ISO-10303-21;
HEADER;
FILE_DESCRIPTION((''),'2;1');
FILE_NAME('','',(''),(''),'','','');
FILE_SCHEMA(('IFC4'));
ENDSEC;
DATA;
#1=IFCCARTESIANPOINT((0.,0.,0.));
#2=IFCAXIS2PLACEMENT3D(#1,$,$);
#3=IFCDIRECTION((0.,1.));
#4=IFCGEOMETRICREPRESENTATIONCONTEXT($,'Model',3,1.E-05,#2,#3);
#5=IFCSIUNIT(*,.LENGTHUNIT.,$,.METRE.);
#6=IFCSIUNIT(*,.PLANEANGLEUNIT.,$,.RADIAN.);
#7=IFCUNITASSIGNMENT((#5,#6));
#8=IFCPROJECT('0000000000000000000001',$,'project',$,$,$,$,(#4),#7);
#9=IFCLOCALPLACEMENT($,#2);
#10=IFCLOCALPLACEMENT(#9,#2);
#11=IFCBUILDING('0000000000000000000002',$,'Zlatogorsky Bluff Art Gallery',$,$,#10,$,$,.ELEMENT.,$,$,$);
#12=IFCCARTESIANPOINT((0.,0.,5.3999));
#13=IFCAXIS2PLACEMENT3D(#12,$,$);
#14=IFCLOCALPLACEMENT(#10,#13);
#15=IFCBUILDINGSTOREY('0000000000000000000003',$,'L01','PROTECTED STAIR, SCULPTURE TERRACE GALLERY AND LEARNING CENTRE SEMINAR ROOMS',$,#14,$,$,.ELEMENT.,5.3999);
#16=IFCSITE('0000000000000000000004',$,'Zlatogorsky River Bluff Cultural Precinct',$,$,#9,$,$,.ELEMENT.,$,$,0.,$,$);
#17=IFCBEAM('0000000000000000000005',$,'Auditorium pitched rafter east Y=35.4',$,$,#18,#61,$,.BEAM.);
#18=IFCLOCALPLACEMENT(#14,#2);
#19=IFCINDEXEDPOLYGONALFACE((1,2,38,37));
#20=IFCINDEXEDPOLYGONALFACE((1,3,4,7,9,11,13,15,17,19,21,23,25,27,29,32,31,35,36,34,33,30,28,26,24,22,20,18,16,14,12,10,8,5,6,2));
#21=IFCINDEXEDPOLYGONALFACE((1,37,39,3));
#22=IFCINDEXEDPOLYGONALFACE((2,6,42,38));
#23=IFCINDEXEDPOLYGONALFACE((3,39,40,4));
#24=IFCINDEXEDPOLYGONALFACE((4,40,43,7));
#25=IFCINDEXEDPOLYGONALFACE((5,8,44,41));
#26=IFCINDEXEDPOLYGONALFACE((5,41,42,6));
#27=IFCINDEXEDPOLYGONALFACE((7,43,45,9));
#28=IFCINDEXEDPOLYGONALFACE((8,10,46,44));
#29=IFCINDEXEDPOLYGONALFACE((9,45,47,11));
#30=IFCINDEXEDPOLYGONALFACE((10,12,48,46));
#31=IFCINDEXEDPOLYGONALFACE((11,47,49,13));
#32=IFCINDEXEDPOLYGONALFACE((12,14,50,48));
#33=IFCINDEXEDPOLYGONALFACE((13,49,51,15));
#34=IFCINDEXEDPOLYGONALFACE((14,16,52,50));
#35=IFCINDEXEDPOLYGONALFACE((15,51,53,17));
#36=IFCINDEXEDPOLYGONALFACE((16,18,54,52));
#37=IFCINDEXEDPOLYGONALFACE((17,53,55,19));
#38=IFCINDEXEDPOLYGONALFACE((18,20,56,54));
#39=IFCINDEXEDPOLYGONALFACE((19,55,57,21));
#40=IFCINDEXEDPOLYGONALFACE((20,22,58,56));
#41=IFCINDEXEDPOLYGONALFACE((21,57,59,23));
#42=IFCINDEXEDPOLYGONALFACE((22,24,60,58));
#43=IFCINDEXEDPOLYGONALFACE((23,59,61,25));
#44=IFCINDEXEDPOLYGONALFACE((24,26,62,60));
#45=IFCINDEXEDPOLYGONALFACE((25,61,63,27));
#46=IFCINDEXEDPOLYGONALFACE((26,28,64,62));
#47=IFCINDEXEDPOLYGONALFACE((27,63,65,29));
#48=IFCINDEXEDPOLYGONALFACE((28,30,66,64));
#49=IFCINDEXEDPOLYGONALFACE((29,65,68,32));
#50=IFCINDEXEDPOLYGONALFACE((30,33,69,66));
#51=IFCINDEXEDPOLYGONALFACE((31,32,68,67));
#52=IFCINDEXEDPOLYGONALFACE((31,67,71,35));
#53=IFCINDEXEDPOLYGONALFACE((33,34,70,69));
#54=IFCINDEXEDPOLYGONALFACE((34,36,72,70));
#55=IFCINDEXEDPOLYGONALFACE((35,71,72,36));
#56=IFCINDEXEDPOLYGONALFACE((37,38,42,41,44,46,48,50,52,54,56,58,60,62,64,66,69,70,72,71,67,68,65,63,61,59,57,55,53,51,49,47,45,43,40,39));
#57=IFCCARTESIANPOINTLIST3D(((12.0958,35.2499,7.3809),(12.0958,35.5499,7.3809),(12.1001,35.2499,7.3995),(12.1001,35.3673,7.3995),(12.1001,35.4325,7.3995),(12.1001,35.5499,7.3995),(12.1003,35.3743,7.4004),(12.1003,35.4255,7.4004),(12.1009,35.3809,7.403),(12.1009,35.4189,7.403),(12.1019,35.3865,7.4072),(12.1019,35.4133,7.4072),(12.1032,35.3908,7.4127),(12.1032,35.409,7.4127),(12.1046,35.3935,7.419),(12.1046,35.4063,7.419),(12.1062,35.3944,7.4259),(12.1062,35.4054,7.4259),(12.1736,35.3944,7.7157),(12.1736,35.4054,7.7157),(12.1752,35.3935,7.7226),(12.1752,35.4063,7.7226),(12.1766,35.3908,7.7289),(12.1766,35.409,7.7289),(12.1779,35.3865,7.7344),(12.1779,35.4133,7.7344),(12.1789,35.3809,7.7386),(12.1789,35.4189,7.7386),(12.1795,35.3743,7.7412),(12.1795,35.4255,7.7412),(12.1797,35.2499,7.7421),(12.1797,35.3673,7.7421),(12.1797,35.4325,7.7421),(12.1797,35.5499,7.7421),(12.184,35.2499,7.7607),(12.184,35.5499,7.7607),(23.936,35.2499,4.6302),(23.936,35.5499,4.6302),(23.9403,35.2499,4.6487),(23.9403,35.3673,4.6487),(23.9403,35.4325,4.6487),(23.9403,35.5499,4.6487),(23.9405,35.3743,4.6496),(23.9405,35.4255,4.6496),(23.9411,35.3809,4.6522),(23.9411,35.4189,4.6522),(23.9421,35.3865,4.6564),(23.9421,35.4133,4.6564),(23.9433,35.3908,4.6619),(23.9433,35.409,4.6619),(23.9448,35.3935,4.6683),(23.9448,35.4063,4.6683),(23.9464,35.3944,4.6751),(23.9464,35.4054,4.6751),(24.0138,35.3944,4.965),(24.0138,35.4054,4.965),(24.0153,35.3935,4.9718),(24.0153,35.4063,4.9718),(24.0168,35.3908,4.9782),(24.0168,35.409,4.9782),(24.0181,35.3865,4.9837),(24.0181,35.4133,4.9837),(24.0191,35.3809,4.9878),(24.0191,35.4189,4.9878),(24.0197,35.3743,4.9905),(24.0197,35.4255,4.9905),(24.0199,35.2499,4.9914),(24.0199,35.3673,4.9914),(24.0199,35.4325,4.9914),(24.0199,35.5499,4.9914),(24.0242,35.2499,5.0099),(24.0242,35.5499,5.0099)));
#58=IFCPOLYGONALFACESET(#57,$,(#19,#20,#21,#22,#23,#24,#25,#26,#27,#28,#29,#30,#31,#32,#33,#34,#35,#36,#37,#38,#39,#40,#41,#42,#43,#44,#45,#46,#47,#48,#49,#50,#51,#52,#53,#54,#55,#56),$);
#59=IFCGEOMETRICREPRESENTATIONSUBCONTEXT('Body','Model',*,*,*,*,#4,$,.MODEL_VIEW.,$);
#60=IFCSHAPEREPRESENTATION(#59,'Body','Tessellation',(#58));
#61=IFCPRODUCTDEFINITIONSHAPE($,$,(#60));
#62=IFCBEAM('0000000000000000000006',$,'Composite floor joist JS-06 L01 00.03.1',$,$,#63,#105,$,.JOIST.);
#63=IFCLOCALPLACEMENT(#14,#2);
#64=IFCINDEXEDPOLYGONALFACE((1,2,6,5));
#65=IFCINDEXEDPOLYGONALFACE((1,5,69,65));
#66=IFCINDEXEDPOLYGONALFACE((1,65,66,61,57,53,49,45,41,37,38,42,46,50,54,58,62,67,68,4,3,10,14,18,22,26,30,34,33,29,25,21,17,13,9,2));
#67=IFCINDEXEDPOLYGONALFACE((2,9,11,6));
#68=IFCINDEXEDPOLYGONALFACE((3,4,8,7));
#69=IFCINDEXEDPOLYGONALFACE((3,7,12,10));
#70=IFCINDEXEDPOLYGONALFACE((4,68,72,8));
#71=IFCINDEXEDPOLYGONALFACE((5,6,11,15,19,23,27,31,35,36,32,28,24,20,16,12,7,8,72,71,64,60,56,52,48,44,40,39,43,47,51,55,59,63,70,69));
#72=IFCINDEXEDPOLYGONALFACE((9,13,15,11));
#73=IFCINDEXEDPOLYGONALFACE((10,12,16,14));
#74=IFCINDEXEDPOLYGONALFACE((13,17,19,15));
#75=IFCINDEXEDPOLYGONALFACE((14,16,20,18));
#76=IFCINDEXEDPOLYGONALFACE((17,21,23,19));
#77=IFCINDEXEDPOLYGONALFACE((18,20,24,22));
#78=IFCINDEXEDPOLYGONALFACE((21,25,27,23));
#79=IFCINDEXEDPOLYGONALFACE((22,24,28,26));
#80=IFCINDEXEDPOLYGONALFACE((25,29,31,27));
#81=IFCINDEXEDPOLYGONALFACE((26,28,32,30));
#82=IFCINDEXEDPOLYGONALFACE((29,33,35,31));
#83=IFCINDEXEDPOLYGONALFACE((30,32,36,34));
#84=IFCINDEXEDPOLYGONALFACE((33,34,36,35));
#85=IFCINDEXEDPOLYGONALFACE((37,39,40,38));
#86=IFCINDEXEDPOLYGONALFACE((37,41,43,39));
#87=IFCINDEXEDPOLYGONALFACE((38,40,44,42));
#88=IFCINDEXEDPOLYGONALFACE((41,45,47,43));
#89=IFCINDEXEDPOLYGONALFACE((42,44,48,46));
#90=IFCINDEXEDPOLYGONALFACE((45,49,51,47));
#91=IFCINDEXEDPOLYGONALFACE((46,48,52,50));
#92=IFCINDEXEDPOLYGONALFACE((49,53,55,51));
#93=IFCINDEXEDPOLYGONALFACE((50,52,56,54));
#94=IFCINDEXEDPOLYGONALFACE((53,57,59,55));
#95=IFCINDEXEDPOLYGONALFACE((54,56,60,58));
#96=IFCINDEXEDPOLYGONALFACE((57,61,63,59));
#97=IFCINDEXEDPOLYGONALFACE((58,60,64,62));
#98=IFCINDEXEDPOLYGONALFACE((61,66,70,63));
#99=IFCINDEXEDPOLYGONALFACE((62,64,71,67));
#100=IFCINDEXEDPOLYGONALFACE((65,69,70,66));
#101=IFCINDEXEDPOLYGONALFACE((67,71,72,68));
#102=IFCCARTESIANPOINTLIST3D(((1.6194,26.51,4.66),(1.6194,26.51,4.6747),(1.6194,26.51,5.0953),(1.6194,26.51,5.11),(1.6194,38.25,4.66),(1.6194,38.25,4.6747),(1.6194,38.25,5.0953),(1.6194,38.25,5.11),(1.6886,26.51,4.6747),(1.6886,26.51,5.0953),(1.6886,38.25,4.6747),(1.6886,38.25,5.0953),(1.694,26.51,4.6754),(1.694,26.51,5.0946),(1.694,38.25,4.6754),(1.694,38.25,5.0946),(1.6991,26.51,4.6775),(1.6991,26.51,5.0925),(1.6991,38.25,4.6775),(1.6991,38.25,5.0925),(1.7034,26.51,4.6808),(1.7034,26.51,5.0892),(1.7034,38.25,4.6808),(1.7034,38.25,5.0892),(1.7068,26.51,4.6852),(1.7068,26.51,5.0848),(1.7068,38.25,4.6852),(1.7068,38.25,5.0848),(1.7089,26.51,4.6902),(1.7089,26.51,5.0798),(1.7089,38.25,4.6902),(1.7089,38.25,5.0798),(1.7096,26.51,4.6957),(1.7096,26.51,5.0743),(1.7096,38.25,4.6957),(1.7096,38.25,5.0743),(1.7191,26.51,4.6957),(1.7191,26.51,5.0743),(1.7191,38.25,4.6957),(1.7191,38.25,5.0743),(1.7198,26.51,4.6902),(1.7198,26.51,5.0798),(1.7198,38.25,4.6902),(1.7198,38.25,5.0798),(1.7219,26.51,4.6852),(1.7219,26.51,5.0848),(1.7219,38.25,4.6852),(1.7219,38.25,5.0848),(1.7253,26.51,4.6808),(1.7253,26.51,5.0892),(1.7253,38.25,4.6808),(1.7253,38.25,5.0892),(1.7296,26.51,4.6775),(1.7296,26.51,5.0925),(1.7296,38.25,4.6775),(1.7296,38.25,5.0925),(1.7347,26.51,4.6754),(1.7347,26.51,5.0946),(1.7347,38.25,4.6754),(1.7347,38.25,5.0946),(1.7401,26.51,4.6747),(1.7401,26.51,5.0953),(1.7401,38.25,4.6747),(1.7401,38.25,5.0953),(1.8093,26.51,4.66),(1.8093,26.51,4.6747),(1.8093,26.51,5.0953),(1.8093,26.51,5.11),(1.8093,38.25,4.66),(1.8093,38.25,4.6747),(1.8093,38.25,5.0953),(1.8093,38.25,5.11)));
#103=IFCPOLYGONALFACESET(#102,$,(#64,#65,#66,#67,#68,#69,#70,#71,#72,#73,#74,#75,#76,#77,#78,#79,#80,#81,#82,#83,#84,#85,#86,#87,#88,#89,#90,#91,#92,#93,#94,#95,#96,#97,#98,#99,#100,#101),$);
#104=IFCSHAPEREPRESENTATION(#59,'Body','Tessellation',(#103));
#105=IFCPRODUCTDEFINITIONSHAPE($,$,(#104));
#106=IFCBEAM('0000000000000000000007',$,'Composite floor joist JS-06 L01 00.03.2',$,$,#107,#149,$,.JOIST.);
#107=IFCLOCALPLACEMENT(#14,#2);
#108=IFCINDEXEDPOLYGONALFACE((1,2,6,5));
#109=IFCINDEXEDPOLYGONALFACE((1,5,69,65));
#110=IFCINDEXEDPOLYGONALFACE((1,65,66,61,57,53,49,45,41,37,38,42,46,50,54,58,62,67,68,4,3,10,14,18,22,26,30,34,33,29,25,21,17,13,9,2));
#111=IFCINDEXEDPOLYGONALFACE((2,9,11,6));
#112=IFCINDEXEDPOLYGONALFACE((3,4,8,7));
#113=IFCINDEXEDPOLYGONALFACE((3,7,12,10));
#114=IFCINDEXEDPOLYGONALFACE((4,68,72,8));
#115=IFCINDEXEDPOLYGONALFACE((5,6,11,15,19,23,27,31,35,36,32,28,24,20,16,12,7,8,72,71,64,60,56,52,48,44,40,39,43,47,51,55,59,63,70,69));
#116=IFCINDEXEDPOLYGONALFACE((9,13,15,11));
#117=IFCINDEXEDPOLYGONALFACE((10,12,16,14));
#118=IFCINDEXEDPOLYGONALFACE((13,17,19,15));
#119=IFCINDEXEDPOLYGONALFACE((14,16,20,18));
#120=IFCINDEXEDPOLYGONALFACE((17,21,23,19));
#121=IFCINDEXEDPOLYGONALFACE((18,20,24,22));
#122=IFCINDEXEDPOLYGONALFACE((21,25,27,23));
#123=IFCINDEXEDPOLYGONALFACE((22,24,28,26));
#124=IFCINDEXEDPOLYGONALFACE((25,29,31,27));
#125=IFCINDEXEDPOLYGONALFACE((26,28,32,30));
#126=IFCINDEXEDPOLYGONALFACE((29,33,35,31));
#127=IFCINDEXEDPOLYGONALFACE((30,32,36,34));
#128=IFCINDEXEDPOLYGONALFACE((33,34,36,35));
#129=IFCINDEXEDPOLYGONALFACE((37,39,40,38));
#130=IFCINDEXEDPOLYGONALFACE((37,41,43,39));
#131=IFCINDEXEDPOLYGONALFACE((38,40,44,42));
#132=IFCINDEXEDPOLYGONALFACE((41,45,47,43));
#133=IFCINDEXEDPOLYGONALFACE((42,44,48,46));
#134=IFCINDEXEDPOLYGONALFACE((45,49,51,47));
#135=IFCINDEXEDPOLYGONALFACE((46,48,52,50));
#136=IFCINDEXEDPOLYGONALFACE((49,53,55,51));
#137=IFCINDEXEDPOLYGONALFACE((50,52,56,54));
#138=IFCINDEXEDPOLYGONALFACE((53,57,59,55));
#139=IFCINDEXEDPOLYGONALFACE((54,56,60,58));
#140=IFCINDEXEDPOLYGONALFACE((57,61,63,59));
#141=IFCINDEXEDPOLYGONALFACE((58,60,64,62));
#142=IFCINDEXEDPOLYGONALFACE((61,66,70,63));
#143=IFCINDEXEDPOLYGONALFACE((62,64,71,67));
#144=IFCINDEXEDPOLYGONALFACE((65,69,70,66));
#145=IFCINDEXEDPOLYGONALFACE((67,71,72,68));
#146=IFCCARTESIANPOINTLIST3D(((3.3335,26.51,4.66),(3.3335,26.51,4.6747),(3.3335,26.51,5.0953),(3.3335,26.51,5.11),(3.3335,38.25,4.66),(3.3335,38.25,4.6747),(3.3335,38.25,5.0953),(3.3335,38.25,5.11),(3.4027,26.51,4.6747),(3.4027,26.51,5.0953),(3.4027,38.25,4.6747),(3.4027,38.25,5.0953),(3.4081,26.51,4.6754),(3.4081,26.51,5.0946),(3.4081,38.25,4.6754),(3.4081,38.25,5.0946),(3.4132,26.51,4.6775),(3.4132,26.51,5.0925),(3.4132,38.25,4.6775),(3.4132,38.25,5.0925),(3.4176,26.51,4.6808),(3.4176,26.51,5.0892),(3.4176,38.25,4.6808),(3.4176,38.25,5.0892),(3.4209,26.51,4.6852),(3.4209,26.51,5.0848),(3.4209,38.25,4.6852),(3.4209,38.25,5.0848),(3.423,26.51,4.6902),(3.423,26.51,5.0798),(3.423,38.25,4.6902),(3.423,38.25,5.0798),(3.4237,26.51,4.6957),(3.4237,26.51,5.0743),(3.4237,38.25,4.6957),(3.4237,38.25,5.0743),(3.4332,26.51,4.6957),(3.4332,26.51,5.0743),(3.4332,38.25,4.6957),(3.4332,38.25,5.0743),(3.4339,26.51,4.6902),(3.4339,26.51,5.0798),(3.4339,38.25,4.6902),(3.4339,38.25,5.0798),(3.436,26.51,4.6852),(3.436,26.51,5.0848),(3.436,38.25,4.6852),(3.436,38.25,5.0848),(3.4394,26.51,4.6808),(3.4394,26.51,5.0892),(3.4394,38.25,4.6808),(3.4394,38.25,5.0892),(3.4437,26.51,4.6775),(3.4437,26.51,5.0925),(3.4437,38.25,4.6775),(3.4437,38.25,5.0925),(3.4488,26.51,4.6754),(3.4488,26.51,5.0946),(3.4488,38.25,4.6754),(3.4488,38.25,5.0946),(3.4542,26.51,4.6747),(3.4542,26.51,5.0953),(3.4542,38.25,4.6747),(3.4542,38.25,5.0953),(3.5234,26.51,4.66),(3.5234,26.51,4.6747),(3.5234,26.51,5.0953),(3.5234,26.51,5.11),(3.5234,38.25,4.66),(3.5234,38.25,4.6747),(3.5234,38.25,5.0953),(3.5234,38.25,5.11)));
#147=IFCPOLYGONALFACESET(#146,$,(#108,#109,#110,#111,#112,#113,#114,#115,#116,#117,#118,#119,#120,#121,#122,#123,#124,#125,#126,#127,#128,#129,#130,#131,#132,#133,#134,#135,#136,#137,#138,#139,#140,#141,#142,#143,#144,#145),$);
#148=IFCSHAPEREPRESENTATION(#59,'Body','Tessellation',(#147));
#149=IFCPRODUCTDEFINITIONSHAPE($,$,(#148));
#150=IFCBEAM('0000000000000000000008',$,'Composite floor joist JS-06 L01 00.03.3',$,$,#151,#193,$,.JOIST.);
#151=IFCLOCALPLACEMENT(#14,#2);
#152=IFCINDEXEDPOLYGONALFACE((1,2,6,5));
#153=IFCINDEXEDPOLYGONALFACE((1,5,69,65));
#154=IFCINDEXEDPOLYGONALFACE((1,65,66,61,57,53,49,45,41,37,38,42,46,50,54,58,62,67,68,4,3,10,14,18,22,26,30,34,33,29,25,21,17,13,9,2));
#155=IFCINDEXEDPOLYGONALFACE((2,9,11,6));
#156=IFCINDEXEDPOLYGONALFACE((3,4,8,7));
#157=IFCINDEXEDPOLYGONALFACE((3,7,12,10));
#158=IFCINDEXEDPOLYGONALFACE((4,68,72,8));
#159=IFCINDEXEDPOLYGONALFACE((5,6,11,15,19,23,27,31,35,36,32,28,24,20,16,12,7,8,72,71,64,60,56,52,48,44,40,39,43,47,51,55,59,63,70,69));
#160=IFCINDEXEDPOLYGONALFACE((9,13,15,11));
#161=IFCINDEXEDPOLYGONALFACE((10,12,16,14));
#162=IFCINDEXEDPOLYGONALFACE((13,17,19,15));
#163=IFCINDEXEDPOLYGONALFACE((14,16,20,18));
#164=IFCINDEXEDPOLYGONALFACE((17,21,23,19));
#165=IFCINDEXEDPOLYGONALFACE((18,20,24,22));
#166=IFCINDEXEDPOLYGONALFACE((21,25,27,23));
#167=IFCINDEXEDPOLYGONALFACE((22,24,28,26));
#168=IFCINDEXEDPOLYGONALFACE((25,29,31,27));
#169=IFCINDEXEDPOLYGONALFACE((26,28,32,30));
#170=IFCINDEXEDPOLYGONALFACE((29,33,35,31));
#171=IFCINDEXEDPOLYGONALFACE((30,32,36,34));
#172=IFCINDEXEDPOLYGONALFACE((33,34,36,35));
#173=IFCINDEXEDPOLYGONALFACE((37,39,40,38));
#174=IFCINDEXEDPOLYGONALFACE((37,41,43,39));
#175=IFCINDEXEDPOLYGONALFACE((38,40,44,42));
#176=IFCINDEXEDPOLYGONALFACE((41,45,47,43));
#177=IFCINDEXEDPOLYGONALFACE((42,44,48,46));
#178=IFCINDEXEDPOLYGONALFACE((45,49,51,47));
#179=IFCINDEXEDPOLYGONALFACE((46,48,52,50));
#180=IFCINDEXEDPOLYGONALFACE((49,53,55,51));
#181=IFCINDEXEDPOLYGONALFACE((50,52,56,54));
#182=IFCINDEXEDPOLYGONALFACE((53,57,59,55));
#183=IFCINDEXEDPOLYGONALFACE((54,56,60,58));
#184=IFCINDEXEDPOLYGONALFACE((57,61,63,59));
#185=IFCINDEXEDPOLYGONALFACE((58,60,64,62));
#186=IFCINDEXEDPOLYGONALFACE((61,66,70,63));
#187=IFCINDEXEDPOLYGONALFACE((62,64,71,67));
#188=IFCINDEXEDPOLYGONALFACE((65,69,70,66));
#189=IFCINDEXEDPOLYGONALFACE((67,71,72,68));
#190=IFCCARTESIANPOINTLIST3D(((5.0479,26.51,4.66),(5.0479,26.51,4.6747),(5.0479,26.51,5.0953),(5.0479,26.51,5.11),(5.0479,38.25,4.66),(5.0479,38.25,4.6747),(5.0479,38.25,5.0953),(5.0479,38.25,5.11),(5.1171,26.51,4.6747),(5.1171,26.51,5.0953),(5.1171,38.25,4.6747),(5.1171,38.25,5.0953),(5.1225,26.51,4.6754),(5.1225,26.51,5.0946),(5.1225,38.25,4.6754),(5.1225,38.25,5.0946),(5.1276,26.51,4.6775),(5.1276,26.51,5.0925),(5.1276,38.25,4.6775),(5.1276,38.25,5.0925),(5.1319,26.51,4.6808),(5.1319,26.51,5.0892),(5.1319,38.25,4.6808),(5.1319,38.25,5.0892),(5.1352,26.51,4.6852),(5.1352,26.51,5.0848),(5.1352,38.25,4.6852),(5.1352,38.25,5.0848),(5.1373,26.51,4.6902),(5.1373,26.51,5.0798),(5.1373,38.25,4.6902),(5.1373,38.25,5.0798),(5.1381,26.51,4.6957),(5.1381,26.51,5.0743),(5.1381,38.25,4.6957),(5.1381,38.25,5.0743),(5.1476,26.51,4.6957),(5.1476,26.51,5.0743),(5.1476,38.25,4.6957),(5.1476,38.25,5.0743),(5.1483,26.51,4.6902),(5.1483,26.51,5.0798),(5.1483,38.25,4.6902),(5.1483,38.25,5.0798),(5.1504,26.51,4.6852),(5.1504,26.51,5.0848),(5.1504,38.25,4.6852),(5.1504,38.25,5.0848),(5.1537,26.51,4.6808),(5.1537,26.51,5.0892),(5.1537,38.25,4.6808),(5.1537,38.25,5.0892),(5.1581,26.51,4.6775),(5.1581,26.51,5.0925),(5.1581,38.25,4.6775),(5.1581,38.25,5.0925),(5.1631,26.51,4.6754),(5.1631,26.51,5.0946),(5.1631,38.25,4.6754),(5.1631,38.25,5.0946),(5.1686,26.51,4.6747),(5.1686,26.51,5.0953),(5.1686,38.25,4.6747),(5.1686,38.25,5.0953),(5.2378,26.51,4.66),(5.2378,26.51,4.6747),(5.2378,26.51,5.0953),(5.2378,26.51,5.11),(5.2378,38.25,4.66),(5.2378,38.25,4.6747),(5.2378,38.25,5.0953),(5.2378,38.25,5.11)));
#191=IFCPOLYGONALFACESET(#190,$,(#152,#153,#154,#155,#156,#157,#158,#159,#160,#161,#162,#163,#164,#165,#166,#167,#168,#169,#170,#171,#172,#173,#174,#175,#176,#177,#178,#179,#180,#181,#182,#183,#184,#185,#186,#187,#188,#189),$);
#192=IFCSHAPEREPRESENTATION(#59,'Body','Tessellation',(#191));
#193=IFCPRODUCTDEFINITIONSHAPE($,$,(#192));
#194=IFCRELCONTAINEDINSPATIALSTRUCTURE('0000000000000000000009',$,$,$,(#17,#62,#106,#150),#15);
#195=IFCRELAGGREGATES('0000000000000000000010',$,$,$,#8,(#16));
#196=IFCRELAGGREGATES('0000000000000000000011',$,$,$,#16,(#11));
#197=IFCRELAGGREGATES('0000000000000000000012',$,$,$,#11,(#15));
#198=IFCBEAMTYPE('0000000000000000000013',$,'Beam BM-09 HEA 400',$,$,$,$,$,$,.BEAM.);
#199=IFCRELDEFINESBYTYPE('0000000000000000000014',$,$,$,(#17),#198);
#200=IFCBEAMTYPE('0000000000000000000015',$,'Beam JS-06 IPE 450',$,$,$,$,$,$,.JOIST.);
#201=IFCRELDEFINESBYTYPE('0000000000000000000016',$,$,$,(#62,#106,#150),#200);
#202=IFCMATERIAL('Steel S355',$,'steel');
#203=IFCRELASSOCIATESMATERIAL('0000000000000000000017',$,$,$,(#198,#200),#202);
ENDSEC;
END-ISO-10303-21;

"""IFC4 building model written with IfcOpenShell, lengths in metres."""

from ifc_helpers import new_model, si_unit, direction, frame, origin, origin_2d, place, context, subcontext, project, spatial, i_section, extrude, material, material_profile, profile_set, type_object, element, save


model = new_model("IFC4")

# Units and contexts
model_context = context("Model", 3, precision=1e-05, world=origin(), true_north=direction((0.0, 1.0)))
body_context = subcontext(model_context, "Body", "Model", "MODEL_VIEW")
ifc_project = project(units=[si_unit("LENGTHUNIT", "METRE"), si_unit("PLANEANGLEUNIT", "RADIAN")], contexts=[model_context])

# Site, building, storey
site_placement = place(None, origin())
site = spatial("IfcSite", under=ifc_project, at=site_placement, Name="Zlatogorsky River Bluff Cultural Precinct", CompositionType="ELEMENT", RefElevation=0.0)
building_placement = place(site_placement, origin())
building = spatial("IfcBuilding", under=site, at=building_placement, Name="Zlatogorsky Bluff Art Gallery", CompositionType="ELEMENT")
storey_placement = place(building_placement, frame((0.0, 0.0, 5.3999)))
storey = spatial("IfcBuildingStorey", under=building, at=storey_placement, Name="L01", Description="PROTECTED STAIR, SCULPTURE TERRACE GALLERY AND LEARNING CENTRE SEMINAR ROOMS", CompositionType="ELEMENT", Elevation=5.3999)

# Shared definitions
ifc_material_1 = material(Name="Steel S355", Category="steel")

# Beams
ifc_material_profile_1 = material_profile(ifc_material_1, i_section(OverallWidth=0.3, OverallDepth=0.3899, WebThickness=0.011, FlangeThickness=0.019, FilletRadius=0.0271, at=origin_2d()), Name="HEA 400")
ifc_profile_set_1 = profile_set([ifc_material_profile_1], Name="Steel S355")
beam_type_1 = type_object("IfcBeamType", Name="Beam BM-09 HEA 400", PredefinedType="BEAM", material=ifc_profile_set_1)
for number, where, z_axis, x_axis, name in (
    (1, (12.1399, 35.3999, 7.5708), (0.974058, 0.0, -0.226297), (0.0, 1.0, 0.0), "Auditorium pitched rafter east Y=35.4"),
):
    element("IfcBeam", number, at=place(storey_placement, frame(where, z_axis=z_axis, x_axis=x_axis)), inside=storey, type_object=beam_type_1, Name=name, PredefinedType="BEAM", context=body_context, shape_type="SweptSolid", body=[
        extrude(i_section(OverallWidth=0.3, OverallDepth=0.3899, WebThickness=0.011, FlangeThickness=0.019, FilletRadius=0.0271, at=origin_2d()), origin(), (0.0, 0.0, 1.0), 12.1555),
    ])
ifc_material_profile_2 = material_profile(ifc_material_1, i_section(OverallWidth=0.1899, OverallDepth=0.45, WebThickness=0.0095, FlangeThickness=0.0146, FilletRadius=0.021, at=origin_2d()), Name="IPE 450")
ifc_profile_set_2 = profile_set([ifc_material_profile_2], Name="Steel S355")
beam_type_2 = type_object("IfcBeamType", Name="Beam JS-06 IPE 450", PredefinedType="JOIST", material=ifc_profile_set_2)
for number, where, z_axis, x_axis, name in (
    (2, (1.7144, 26.51, 4.885), (0.0, 1.0, 0.0), (-1.0, 0.0, 0.0), "Composite floor joist JS-06 L01 00.03.1"),
    (3, (3.4285, 26.51, 4.885), (0.0, 1.0, 0.0), (-1.0, 0.0, 0.0), "Composite floor joist JS-06 L01 00.03.2"),
    (4, (5.1428, 26.51, 4.885), (0.0, 1.0, 0.0), (-1.0, 0.0, 0.0), "Composite floor joist JS-06 L01 00.03.3"),
):
    element("IfcBeam", number, at=place(storey_placement, frame(where, z_axis=z_axis, x_axis=x_axis)), inside=storey, type_object=beam_type_2, Name=name, PredefinedType="JOIST", context=body_context, shape_type="SweptSolid", body=[
        extrude(i_section(OverallWidth=0.1899, OverallDepth=0.45, WebThickness=0.0095, FlangeThickness=0.0146, FilletRadius=0.021, at=origin_2d()), origin(), (0.0, 0.0, 1.0), 11.74),
    ])

save(model, "model.ifc")
